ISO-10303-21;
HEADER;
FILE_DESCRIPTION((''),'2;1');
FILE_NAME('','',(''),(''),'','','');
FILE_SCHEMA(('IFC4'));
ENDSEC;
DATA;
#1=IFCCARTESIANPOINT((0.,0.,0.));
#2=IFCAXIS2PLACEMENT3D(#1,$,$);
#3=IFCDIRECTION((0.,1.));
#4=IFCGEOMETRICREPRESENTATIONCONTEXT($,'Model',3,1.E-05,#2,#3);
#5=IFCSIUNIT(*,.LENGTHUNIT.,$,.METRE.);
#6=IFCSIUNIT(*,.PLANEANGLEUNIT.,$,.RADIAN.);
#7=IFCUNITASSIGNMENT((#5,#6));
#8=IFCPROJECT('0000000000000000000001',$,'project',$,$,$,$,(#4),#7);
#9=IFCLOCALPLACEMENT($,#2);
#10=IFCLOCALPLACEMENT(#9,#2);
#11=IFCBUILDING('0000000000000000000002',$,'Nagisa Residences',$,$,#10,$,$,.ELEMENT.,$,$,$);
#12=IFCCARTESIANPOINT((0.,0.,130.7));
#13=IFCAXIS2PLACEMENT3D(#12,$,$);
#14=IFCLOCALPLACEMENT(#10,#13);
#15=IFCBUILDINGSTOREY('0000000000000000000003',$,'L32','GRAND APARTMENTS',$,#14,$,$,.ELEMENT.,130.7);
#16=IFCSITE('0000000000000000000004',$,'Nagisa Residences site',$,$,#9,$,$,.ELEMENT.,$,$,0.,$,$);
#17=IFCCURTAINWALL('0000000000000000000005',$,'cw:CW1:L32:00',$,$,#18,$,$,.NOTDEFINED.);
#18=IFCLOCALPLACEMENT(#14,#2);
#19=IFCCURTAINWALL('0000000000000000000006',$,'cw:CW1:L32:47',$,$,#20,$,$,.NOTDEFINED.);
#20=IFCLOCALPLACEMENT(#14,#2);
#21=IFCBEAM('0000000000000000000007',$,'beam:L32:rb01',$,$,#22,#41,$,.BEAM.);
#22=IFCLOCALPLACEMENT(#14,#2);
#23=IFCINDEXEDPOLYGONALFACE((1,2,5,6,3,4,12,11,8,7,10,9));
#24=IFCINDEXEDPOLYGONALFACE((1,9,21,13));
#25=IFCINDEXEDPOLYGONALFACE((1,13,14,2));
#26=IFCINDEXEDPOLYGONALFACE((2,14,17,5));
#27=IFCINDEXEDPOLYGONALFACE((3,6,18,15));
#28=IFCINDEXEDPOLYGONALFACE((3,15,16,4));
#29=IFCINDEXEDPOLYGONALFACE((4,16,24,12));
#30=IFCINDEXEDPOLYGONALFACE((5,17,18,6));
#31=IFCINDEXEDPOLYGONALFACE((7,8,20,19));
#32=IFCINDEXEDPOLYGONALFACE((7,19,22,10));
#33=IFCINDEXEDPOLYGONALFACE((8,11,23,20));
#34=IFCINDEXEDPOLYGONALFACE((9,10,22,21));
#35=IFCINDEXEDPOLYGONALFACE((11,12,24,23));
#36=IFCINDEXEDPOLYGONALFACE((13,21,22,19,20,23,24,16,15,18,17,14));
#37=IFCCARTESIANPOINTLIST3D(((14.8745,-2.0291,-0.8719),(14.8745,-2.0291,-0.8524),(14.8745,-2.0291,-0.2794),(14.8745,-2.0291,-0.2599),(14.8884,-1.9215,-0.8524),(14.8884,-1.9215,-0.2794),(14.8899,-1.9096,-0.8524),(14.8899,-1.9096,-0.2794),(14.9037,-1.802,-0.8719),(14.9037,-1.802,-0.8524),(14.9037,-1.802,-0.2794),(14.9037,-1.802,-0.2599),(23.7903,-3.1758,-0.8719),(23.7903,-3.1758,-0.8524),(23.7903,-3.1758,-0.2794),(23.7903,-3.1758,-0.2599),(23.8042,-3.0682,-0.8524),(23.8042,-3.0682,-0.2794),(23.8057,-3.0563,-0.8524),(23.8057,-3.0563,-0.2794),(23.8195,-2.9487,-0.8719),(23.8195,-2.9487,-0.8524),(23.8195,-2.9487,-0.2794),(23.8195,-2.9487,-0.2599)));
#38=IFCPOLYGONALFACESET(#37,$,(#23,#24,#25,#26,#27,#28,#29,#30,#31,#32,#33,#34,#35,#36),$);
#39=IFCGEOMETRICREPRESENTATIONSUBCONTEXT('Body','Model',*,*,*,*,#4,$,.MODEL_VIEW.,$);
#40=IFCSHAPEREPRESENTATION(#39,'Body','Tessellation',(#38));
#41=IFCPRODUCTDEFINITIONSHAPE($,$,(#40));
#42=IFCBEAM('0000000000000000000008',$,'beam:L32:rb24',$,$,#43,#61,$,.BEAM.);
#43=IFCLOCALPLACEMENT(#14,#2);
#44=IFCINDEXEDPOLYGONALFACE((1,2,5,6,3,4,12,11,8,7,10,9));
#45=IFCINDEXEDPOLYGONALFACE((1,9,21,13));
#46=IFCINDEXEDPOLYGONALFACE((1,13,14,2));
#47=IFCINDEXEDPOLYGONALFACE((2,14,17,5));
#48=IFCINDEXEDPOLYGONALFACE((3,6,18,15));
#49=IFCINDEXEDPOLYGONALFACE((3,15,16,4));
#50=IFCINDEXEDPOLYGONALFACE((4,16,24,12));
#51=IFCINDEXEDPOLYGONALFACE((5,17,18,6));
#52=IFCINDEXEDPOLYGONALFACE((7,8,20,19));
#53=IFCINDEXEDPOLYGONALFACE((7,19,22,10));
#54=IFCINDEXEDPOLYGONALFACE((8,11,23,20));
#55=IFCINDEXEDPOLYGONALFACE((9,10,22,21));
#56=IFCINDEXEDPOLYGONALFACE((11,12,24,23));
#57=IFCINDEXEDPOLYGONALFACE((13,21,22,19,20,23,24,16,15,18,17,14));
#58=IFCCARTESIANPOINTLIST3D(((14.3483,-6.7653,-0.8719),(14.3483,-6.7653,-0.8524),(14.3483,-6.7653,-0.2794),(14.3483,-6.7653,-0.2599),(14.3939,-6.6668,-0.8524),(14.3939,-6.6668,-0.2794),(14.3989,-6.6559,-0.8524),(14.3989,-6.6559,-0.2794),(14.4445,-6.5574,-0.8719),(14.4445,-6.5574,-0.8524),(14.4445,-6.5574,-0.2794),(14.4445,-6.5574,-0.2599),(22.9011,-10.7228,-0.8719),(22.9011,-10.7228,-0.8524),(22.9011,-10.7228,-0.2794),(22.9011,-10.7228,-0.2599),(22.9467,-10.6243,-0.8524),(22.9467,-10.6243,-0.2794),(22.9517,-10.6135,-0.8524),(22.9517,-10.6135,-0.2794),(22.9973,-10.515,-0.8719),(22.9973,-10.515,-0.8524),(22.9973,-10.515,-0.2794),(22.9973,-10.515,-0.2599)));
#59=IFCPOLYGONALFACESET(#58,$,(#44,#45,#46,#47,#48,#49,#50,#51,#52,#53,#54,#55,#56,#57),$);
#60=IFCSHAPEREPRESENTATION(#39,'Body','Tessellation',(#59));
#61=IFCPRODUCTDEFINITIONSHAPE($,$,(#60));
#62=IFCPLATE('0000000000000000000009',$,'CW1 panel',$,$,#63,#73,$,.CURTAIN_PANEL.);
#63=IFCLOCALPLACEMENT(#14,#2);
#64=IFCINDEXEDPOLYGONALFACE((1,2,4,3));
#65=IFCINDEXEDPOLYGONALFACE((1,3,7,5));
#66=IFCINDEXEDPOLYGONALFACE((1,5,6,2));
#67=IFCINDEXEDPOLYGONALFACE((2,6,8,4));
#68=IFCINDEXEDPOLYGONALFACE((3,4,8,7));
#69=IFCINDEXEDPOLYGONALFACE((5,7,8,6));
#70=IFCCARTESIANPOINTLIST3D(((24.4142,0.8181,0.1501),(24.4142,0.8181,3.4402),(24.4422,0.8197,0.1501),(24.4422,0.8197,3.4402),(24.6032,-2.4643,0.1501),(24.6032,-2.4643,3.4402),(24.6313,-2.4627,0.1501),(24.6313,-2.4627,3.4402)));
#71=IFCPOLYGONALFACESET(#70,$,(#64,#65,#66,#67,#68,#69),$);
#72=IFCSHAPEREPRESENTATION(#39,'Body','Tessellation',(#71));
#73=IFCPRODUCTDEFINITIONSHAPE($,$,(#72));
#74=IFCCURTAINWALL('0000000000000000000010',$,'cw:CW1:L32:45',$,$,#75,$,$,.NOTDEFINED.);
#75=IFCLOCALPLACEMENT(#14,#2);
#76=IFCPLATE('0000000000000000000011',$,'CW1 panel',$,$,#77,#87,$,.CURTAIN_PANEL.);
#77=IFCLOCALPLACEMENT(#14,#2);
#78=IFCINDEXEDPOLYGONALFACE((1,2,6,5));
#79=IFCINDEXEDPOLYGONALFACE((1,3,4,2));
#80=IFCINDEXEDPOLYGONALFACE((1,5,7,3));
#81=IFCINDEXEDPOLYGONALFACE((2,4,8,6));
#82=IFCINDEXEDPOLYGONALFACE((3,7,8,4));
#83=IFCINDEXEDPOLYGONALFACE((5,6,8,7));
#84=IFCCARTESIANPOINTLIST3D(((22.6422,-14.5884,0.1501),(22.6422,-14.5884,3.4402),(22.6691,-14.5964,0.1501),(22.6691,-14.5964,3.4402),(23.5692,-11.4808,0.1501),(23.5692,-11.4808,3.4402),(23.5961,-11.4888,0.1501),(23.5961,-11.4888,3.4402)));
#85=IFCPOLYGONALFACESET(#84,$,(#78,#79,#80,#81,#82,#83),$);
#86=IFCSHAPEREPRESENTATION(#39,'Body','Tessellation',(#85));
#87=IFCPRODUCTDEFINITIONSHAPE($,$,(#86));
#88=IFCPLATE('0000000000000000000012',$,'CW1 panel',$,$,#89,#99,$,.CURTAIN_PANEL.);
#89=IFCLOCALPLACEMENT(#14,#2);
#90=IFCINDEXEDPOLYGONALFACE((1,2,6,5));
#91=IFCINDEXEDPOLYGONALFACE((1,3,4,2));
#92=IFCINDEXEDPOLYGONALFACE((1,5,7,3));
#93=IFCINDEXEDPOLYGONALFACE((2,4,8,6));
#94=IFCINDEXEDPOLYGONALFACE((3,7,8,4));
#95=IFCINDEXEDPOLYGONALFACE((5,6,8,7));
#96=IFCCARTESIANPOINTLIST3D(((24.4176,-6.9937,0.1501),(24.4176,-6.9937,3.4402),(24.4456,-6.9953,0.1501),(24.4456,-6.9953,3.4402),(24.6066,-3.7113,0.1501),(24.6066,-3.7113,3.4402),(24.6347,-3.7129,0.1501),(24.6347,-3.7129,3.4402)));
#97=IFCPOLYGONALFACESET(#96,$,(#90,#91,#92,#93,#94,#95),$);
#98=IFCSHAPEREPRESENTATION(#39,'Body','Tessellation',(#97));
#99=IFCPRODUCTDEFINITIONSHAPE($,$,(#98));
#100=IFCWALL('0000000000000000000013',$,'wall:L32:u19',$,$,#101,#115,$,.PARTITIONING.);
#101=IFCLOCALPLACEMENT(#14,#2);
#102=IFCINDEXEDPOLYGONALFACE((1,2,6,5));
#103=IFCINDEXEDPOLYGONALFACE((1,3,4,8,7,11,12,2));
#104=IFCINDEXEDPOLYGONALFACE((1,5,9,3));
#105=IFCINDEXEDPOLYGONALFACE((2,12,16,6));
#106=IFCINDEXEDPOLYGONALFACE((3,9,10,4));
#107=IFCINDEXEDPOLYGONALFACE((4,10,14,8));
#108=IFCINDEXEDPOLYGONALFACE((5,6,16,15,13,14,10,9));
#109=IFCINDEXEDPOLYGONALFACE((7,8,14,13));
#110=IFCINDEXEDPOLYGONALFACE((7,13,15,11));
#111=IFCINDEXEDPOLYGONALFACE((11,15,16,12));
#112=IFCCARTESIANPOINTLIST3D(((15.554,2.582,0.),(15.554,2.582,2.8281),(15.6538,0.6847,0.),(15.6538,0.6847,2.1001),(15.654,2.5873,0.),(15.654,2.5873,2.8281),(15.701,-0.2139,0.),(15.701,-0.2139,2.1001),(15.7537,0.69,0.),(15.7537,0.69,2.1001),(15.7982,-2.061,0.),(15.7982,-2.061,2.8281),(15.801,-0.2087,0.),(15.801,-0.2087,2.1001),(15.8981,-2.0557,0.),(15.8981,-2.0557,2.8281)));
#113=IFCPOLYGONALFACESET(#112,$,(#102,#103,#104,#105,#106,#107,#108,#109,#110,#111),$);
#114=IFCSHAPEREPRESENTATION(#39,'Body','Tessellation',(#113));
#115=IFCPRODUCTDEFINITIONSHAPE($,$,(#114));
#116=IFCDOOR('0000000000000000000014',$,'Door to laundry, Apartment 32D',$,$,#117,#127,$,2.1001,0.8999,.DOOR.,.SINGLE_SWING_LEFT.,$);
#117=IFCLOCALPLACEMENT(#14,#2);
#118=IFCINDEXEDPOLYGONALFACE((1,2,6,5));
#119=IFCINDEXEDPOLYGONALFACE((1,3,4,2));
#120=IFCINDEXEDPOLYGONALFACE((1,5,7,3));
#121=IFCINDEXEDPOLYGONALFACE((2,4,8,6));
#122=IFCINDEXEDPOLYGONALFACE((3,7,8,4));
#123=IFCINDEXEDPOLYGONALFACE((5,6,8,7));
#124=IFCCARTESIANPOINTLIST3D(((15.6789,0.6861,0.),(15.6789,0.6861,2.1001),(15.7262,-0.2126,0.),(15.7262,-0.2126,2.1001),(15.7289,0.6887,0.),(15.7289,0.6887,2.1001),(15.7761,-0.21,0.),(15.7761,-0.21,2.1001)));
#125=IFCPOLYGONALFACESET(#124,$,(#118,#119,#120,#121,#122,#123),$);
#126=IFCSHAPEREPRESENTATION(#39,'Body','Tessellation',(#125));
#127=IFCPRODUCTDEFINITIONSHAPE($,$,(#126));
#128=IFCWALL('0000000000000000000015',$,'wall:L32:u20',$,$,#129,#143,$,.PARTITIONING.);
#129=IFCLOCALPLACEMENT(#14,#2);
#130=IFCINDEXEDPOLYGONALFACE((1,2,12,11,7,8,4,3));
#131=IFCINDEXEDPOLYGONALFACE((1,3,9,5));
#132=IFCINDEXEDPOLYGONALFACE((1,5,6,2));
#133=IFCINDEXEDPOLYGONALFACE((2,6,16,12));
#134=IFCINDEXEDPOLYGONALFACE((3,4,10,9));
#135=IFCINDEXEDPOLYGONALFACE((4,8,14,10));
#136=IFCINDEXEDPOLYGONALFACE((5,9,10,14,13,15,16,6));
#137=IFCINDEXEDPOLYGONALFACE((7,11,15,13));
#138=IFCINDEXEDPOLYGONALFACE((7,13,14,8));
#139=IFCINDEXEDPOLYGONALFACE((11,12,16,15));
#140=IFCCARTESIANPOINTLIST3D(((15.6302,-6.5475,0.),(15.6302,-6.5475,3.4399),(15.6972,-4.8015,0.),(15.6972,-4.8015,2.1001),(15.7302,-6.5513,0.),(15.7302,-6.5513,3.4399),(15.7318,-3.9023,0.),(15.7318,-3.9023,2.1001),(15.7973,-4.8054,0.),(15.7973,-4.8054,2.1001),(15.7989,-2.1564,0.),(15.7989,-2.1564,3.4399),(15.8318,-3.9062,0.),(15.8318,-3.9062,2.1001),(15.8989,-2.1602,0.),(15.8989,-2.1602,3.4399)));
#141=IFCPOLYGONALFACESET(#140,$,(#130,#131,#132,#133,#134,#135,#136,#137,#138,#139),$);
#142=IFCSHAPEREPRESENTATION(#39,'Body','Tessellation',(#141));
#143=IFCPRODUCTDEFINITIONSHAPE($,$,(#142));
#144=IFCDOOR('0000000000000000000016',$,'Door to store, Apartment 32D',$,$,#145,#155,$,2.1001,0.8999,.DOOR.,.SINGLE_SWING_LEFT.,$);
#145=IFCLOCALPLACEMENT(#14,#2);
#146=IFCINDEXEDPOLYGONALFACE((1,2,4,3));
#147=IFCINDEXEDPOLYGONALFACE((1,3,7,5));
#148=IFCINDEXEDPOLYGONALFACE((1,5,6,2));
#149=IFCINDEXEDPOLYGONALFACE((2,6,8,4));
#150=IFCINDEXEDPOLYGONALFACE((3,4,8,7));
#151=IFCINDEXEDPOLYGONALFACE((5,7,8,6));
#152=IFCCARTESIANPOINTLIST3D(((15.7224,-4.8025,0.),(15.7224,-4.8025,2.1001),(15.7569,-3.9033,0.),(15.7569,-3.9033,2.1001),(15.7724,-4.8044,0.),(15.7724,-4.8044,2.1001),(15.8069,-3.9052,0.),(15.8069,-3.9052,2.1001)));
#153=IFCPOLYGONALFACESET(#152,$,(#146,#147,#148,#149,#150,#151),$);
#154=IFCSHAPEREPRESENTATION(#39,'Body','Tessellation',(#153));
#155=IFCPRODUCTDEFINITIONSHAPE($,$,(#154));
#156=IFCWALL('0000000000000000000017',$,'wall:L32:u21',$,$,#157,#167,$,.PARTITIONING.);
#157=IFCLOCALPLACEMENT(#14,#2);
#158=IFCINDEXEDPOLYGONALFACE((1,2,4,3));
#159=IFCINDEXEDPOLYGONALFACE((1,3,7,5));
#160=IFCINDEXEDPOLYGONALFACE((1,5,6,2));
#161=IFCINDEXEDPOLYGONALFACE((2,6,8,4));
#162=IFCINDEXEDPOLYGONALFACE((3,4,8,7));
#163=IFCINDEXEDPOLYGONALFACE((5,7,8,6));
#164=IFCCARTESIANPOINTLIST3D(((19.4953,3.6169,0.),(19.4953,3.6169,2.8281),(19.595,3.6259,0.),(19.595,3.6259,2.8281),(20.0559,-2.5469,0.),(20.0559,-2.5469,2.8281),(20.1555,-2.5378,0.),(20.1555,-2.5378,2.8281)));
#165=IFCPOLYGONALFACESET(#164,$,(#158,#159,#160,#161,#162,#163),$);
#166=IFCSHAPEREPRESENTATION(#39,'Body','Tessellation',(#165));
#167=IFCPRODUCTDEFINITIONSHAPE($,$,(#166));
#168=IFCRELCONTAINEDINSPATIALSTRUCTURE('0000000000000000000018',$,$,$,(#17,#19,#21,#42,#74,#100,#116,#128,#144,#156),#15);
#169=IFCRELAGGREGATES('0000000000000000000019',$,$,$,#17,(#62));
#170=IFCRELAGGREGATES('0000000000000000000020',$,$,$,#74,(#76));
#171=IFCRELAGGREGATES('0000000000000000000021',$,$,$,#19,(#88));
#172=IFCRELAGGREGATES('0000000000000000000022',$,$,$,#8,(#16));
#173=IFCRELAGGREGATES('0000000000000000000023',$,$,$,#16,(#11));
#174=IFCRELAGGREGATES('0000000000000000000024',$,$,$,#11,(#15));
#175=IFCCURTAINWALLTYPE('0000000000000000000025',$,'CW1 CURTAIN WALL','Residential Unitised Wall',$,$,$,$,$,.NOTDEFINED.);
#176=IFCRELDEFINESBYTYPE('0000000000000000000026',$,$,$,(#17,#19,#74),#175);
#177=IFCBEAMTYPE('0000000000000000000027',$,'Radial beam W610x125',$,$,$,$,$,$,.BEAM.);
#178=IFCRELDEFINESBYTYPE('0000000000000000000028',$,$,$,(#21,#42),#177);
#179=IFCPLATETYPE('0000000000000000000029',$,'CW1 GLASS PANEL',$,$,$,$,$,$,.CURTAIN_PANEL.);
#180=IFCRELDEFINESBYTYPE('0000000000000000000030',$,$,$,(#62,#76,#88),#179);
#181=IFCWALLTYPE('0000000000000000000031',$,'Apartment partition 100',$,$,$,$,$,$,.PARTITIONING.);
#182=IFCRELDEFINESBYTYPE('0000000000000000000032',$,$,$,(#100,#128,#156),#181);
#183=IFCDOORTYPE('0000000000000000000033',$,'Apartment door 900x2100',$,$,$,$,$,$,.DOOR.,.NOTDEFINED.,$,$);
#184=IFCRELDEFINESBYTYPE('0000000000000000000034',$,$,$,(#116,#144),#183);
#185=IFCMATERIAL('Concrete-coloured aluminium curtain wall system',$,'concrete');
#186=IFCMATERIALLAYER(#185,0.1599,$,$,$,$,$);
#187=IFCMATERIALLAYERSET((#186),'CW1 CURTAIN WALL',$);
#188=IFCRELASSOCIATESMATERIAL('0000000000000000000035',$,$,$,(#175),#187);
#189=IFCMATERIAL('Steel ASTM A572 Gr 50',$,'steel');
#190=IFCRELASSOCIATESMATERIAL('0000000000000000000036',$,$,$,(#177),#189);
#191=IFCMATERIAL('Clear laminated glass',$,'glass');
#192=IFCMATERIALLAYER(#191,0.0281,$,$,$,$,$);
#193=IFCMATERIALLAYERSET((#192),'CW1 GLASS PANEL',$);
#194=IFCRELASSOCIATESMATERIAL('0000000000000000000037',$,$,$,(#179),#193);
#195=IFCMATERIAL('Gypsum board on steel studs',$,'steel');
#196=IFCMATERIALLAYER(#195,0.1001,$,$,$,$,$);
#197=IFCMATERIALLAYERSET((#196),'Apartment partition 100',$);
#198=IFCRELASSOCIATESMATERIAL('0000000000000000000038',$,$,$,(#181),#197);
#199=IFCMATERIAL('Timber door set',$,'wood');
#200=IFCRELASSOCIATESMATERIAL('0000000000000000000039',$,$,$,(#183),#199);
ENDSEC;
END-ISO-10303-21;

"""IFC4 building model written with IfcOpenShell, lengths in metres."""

from ifc_helpers import new_model, si_unit, direction, frame, frame_2d, origin, origin_2d, place, context, subcontext, project, spatial, rectangle, i_section, extrude, material, layer, layer_set, material_profile, profile_set, type_object, element, fill, aggregate, save


model = new_model("IFC4")

# Units and contexts
model_context = context("Model", 3, precision=1e-05, world=origin(), true_north=direction((0.0, 1.0)))
body_context = subcontext(model_context, "Body", "Model", "MODEL_VIEW")
ifc_project = project(units=[si_unit("LENGTHUNIT", "METRE"), si_unit("PLANEANGLEUNIT", "RADIAN")], contexts=[model_context])

# Site, building, storey
site_placement = place(None, origin())
site = spatial("IfcSite", under=ifc_project, at=site_placement, Name="Nagisa Residences site", CompositionType="ELEMENT", RefElevation=0.0)
building_placement = place(site_placement, origin())
building = spatial("IfcBuilding", under=site, at=building_placement, Name="Nagisa Residences", CompositionType="ELEMENT")
storey_placement = place(building_placement, frame((0.0, 0.0, 130.7)))
storey = spatial("IfcBuildingStorey", under=building, at=storey_placement, Name="L32", Description="GRAND APARTMENTS", CompositionType="ELEMENT", Elevation=130.7)

# Curtain walls
ifc_material_1 = material(Name="Concrete-coloured aluminium curtain wall system", Category="concrete")
ifc_layer_1 = layer(ifc_material_1, 0.1599)
ifc_layer_set_1 = layer_set([ifc_layer_1], Name="CW1 CURTAIN WALL")
curtain_wall_type = type_object("IfcCurtainWallType", Name="CW1 CURTAIN WALL", Description="Residential Unitised Wall", PredefinedType="NOTDEFINED", material=ifc_layer_set_1)
curtain_wall_1_placement = place(storey_placement, origin())
curtain_wall_1 = element("IfcCurtainWall", 1, at=curtain_wall_1_placement, inside=storey, type_object=curtain_wall_type, Name="cw:CW1:L32:00", PredefinedType="NOTDEFINED")
curtain_wall_2_placement = place(storey_placement, origin())
curtain_wall_2 = element("IfcCurtainWall", 2, at=curtain_wall_2_placement, inside=storey, type_object=curtain_wall_type, Name="cw:CW1:L32:47", PredefinedType="NOTDEFINED")

# Beams
ifc_material_2 = material(Name="Steel ASTM A572 Gr 50", Category="steel")
ifc_material_profile_1 = material_profile(ifc_material_2, i_section(OverallWidth=0.229, OverallDepth=0.6121, WebThickness=0.012, FlangeThickness=0.0195, at=origin_2d()), Name="W610x125")
ifc_profile_set_1 = profile_set([ifc_material_profile_1], Name="Steel ASTM A572 Gr 50")
beam_type_1 = type_object("IfcBeamType", Name="Radial beam W610x125", PredefinedType="BEAM", material=ifc_profile_set_1)
beam_1_placement = place(storey_placement, frame((23.8049, -3.0623, -0.5659), z_axis=(-0.99183, 0.127567, 0.0), x_axis=(-0.127567, -0.99183, 0.0)))
element("IfcBeam", 3, at=beam_1_placement, inside=storey, type_object=beam_type_1, Name="beam:L32:rb01", PredefinedType="BEAM", context=body_context, shape_type="SweptSolid", body=[
    extrude(i_section(OverallWidth=0.229, OverallDepth=0.6121, WebThickness=0.012, FlangeThickness=0.0195, at=origin_2d()), origin(), (0.0, 0.0, 1.0), 8.9893),
])
beam_2_placement = place(storey_placement, frame((22.9492, -10.6189, -0.5659), z_axis=(-0.907551, 0.419942, 0.0), x_axis=(-0.419942, -0.907551, 0.0)))
element("IfcBeam", 4, at=beam_2_placement, inside=storey, type_object=beam_type_1, Name="beam:L32:rb24", PredefinedType="BEAM", context=body_context, shape_type="SweptSolid", body=[
    extrude(i_section(OverallWidth=0.229, OverallDepth=0.6121, WebThickness=0.012, FlangeThickness=0.0195, at=origin_2d()), origin(), (0.0, 0.0, 1.0), 9.4241),
])

# Plate
ifc_material_3 = material(Name="Clear laminated glass", Category="glass")
ifc_layer_2 = layer(ifc_material_3, 0.0281)
ifc_layer_set_2 = layer_set([ifc_layer_2], Name="CW1 GLASS PANEL")
plate_type = type_object("IfcPlateType", Name="CW1 GLASS PANEL", PredefinedType="CURTAIN_PANEL", material=ifc_layer_set_2)
plate_1_placement = place(storey_placement, frame((24.5227, -0.8223, 0.1501), z_axis=(0.0, 0.0, 1.0), x_axis=(-0.057503, 0.998345, 0.0)))
plate_1 = element("IfcPlate", 5, at=plate_1_placement, type_object=plate_type, Name="CW1 panel", PredefinedType="CURTAIN_PANEL", context=body_context, shape_type="SweptSolid", body=[
    extrude(rectangle(XDim=3.2878, YDim=0.0281, at=origin_2d()), origin(), (0.0, 0.0, 1.0), 3.29),
])
aggregate(curtain_wall_1, [plate_1])

# Curtain wall, plate
curtain_wall_3_placement = place(storey_placement, origin())
curtain_wall_3 = element("IfcCurtainWall", 6, at=curtain_wall_3_placement, inside=storey, type_object=curtain_wall_type, Name="cw:CW1:L32:45", PredefinedType="NOTDEFINED")
plate_2_placement = place(storey_placement, frame((23.1191, -13.0386, 0.1501), z_axis=(0.0, 0.0, 1.0), x_axis=(0.28586, 0.958271, 0.0)))
plate_2 = element("IfcPlate", 7, at=plate_2_placement, type_object=plate_type, Name="CW1 panel", PredefinedType="CURTAIN_PANEL", context=body_context, shape_type="SweptSolid", body=[
    extrude(rectangle(XDim=3.2429, YDim=0.0281, at=origin_2d()), origin(), (0.0, 0.0, 1.0), 3.29),
])
aggregate(curtain_wall_3, [plate_2])

# Plate
plate_3_placement = place(storey_placement, frame((24.5261, -5.3533, 0.1501), z_axis=(0.0, 0.0, 1.0), x_axis=(0.057503, 0.998345, 0.0)))
plate_3 = element("IfcPlate", 8, at=plate_3_placement, type_object=plate_type, Name="CW1 panel", PredefinedType="CURTAIN_PANEL", context=body_context, shape_type="SweptSolid", body=[
    extrude(rectangle(XDim=3.2878, YDim=0.0281, at=origin_2d()), origin(), (0.0, 0.0, 1.0), 3.29),
])
aggregate(curtain_wall_2, [plate_3])

# Walls, openings, doors
ifc_material_4 = material(Name="Gypsum board on steel studs", Category="steel")
ifc_layer_3 = layer(ifc_material_4, 0.1001)
ifc_layer_set_3 = layer_set([ifc_layer_3], Name="Apartment partition 100")
wall_type_1 = type_object("IfcWallType", Name="Apartment partition 100", PredefinedType="PARTITIONING", material=ifc_layer_set_3)
wall_1_placement = place(storey_placement, frame((15.8481, -2.0583, 0.0), z_axis=(0.0, 0.0, 1.0), x_axis=(-0.052509, 0.99862, 0.0)))
wall_1 = element("IfcWall", 9, at=wall_1_placement, inside=storey, type_object=wall_type_1, Name="wall:L32:u19", PredefinedType="PARTITIONING", context=body_context, shape_type="SweptSolid", body=[
    extrude(rectangle(XDim=4.6494, YDim=0.1001, at=frame_2d((2.3247, 0.0))), origin(), (0.0, 0.0, 1.0), 2.8281),
])
opening_1_placement = place(wall_1_placement, frame((1.8496, 0.0, 0.0)))
opening_1 = element("IfcOpeningElement", 10, at=opening_1_placement, cuts=wall_1, PredefinedType="OPENING", context=body_context, shape_type="SweptSolid", body=[
    extrude(rectangle(XDim=0.8999, YDim=2.1001, at=frame_2d((0.45, 1.05))), frame((0.0, 0.0601, 0.0), z_axis=(0.0, -1.0, 0.0), x_axis=(1.0, 0.0, 0.0)), (0.0, 0.0, 1.0), 0.1201),
])
ifc_material_5 = material(Name="Timber door set", Category="wood")
door_type_1 = type_object("IfcDoorType", Name="Apartment door 900x2100", OperationType="NOTDEFINED", PredefinedType="DOOR", material=ifc_material_5)
door_1_placement = place(opening_1_placement, origin())
door_1 = element("IfcDoor", 11, at=door_1_placement, inside=storey, type_object=door_type_1, Name="Door to laundry, Apartment 32D", OperationType="SINGLE_SWING_LEFT", OverallHeight=2.1001, OverallWidth=0.8999, PredefinedType="DOOR", context=body_context, shape_type="SweptSolid", body=[
    extrude(rectangle(XDim=0.8999, YDim=2.1001, at=frame_2d((0.45, 1.05))), frame((0.0, 0.0249, 0.0), z_axis=(0.0, -1.0, 0.0), x_axis=(1.0, 0.0, 0.0)), (0.0, 0.0, 1.0), 0.05),
])
fill(opening_1, door_1)
wall_2_placement = place(storey_placement, frame((15.8489, -2.1582, 0.0), z_axis=(0.0, 0.0, 1.0), x_axis=(-0.03839, -0.999263, 0.0)))
wall_2 = element("IfcWall", 12, at=wall_2_placement, inside=storey, type_object=wall_type_1, Name="wall:L32:u20", PredefinedType="PARTITIONING", context=body_context, shape_type="SweptSolid", body=[
    extrude(rectangle(XDim=4.3943, YDim=0.1001, at=frame_2d((2.1973, 0.0))), origin(), (0.0, 0.0, 1.0), 3.4399),
])
opening_2_placement = place(wall_2_placement, frame((1.7473, 0.0, 0.0)))
opening_2 = element("IfcOpeningElement", 13, at=opening_2_placement, cuts=wall_2, PredefinedType="OPENING", context=body_context, shape_type="SweptSolid", body=[
    extrude(rectangle(XDim=0.8999, YDim=2.1001, at=frame_2d((0.45, 1.05))), frame((0.0, 0.0601, 0.0), z_axis=(0.0, -1.0, 0.0), x_axis=(1.0, 0.0, 0.0)), (0.0, 0.0, 1.0), 0.1201),
])
door_2_placement = place(opening_2_placement, frame((0.8999, 0.0, 0.0), x_axis=(-1.0, 0.0, 0.0)))
door_2 = element("IfcDoor", 14, at=door_2_placement, inside=storey, type_object=door_type_1, Name="Door to store, Apartment 32D", OperationType="SINGLE_SWING_LEFT", OverallHeight=2.1001, OverallWidth=0.8999, PredefinedType="DOOR", context=body_context, shape_type="SweptSolid", body=[
    extrude(rectangle(XDim=0.8999, YDim=2.1001, at=frame_2d((0.45, 1.05))), frame((0.0, 0.0249, 0.0), z_axis=(0.0, -1.0, 0.0), x_axis=(1.0, 0.0, 0.0)), (0.0, 0.0, 1.0), 0.05),
])
fill(opening_2, door_2)

# Wall
wall_3_placement = place(storey_placement, frame((20.1057, -2.5425, 0.0), z_axis=(0.0, 0.0, 1.0), x_axis=(-0.090568, 0.99589, 0.0)))
element("IfcWall", 15, at=wall_3_placement, inside=storey, type_object=wall_type_1, Name="wall:L32:u21", PredefinedType="PARTITIONING", context=body_context, shape_type="SweptSolid", body=[
    extrude(rectangle(XDim=6.1892, YDim=0.1001, at=frame_2d((3.0947, 0.0))), origin(), (0.0, 0.0, 1.0), 2.8281),
])

save(model, "model.ifc")
